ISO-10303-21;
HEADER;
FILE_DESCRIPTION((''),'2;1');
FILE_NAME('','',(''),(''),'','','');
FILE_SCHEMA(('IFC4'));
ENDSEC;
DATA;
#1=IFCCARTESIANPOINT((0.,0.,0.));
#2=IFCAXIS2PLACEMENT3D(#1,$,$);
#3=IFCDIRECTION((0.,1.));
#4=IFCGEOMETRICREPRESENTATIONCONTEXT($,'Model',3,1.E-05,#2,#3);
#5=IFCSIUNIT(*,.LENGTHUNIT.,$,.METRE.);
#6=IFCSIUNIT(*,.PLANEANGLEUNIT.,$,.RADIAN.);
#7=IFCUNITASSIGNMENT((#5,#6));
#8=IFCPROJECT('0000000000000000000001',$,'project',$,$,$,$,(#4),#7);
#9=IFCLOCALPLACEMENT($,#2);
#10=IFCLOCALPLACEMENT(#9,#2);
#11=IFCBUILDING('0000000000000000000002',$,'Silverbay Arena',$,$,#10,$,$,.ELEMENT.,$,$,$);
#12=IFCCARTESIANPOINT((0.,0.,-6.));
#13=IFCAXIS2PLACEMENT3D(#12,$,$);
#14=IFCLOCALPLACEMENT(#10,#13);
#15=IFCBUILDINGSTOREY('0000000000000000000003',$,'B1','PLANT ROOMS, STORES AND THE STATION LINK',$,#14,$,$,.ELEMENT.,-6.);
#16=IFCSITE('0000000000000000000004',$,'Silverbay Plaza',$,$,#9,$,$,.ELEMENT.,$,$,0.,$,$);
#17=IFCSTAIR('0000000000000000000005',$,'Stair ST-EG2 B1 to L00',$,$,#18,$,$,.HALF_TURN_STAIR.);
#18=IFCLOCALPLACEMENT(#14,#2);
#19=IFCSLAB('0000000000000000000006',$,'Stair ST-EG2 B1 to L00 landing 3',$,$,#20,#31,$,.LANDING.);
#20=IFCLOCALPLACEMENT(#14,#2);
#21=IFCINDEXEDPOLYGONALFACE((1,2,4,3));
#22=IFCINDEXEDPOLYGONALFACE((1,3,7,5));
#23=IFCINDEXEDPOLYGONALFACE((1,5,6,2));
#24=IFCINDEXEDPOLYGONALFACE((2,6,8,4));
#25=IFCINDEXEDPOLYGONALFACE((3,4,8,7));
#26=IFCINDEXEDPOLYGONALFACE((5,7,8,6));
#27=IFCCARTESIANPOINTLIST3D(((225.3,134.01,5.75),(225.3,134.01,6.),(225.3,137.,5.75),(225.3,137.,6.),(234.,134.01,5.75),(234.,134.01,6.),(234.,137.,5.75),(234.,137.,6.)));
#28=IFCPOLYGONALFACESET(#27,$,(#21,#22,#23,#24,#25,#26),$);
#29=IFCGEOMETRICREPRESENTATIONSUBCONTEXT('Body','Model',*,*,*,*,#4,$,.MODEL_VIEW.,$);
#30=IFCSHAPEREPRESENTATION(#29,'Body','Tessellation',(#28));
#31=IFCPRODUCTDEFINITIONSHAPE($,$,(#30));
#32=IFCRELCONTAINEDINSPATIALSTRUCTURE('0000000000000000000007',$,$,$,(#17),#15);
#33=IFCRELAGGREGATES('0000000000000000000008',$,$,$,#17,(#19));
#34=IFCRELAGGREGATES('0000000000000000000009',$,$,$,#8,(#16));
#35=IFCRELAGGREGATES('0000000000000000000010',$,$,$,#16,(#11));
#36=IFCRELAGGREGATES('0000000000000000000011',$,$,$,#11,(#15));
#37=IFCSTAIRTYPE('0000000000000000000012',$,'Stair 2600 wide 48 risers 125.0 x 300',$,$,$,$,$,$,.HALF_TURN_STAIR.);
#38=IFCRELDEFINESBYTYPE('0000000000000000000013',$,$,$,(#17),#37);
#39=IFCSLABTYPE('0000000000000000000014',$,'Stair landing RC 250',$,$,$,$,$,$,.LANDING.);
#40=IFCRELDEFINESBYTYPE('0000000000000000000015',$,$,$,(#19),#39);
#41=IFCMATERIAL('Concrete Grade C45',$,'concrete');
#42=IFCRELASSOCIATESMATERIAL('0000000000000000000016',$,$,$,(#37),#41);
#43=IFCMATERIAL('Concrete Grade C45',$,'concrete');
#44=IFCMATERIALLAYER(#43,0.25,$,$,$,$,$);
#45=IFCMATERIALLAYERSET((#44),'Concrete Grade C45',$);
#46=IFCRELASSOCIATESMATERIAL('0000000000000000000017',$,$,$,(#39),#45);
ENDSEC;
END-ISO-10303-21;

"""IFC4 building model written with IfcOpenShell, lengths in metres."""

from ifc_helpers import new_model, si_unit, direction, frame, origin, place, context, subcontext, project, spatial, polyline, outline, extrude, material, layer, layer_set, type_object, element, aggregate, save


model = new_model("IFC4")

# Units and contexts
model_context = context("Model", 3, precision=1e-05, world=origin(), true_north=direction((0.0, 1.0)))
body_context = subcontext(model_context, "Body", "Model", "MODEL_VIEW")
ifc_project = project(units=[si_unit("LENGTHUNIT", "METRE"), si_unit("PLANEANGLEUNIT", "RADIAN")], contexts=[model_context])

# Site, building, storey
site_placement = place(None, origin())
site = spatial("IfcSite", under=ifc_project, at=site_placement, Name="Silverbay Plaza", CompositionType="ELEMENT", RefElevation=0.0)
building_placement = place(site_placement, origin())
building = spatial("IfcBuilding", under=site, at=building_placement, Name="Silverbay Arena", CompositionType="ELEMENT")
storey_placement = place(building_placement, frame((0.0, 0.0, -6.0)))
storey = spatial("IfcBuildingStorey", under=building, at=storey_placement, Name="B1", Description="PLANT ROOMS, STORES AND THE STATION LINK", CompositionType="ELEMENT", Elevation=-6.0)

# Stair
ifc_material_1 = material(Name="Concrete Grade C45", Category="concrete")
stair_type_1 = type_object("IfcStairType", Name="Stair 2600 wide 48 risers 125.0 x 300", PredefinedType="HALF_TURN_STAIR", material=ifc_material_1)
stair_1_placement = place(storey_placement, origin())
stair_1 = element("IfcStair", 1, at=stair_1_placement, inside=storey, type_object=stair_type_1, Name="Stair ST-EG2 B1 to L00", PredefinedType="HALF_TURN_STAIR")

# Shared definitions
ifc_material_2 = material(Name="Concrete Grade C45", Category="concrete")
ifc_layer_1 = layer(ifc_material_2, 0.25)
ifc_layer_set_1 = layer_set([ifc_layer_1], Name="Concrete Grade C45")
slab_type_1 = type_object("IfcSlabType", Name="Stair landing RC 250", PredefinedType="LANDING", material=ifc_layer_set_1)

# Slab
slab_1_placement = place(storey_placement, frame((0.0, 0.0, 5.75)))
slab_1 = element("IfcSlab", 2, at=slab_1_placement, type_object=slab_type_1, Name="Stair ST-EG2 B1 to L00 landing 3", PredefinedType="LANDING", context=body_context, shape_type="SweptSolid", body=[
    extrude(outline(polyline([(225.3, 134.01), (225.3, 137.0), (234.0, 137.0), (234.0, 134.01), (225.3, 134.01)])), origin(), (0.0, 0.0, 1.0), 0.25),
])
aggregate(stair_1, [slab_1])

save(model, "model.ifc")
